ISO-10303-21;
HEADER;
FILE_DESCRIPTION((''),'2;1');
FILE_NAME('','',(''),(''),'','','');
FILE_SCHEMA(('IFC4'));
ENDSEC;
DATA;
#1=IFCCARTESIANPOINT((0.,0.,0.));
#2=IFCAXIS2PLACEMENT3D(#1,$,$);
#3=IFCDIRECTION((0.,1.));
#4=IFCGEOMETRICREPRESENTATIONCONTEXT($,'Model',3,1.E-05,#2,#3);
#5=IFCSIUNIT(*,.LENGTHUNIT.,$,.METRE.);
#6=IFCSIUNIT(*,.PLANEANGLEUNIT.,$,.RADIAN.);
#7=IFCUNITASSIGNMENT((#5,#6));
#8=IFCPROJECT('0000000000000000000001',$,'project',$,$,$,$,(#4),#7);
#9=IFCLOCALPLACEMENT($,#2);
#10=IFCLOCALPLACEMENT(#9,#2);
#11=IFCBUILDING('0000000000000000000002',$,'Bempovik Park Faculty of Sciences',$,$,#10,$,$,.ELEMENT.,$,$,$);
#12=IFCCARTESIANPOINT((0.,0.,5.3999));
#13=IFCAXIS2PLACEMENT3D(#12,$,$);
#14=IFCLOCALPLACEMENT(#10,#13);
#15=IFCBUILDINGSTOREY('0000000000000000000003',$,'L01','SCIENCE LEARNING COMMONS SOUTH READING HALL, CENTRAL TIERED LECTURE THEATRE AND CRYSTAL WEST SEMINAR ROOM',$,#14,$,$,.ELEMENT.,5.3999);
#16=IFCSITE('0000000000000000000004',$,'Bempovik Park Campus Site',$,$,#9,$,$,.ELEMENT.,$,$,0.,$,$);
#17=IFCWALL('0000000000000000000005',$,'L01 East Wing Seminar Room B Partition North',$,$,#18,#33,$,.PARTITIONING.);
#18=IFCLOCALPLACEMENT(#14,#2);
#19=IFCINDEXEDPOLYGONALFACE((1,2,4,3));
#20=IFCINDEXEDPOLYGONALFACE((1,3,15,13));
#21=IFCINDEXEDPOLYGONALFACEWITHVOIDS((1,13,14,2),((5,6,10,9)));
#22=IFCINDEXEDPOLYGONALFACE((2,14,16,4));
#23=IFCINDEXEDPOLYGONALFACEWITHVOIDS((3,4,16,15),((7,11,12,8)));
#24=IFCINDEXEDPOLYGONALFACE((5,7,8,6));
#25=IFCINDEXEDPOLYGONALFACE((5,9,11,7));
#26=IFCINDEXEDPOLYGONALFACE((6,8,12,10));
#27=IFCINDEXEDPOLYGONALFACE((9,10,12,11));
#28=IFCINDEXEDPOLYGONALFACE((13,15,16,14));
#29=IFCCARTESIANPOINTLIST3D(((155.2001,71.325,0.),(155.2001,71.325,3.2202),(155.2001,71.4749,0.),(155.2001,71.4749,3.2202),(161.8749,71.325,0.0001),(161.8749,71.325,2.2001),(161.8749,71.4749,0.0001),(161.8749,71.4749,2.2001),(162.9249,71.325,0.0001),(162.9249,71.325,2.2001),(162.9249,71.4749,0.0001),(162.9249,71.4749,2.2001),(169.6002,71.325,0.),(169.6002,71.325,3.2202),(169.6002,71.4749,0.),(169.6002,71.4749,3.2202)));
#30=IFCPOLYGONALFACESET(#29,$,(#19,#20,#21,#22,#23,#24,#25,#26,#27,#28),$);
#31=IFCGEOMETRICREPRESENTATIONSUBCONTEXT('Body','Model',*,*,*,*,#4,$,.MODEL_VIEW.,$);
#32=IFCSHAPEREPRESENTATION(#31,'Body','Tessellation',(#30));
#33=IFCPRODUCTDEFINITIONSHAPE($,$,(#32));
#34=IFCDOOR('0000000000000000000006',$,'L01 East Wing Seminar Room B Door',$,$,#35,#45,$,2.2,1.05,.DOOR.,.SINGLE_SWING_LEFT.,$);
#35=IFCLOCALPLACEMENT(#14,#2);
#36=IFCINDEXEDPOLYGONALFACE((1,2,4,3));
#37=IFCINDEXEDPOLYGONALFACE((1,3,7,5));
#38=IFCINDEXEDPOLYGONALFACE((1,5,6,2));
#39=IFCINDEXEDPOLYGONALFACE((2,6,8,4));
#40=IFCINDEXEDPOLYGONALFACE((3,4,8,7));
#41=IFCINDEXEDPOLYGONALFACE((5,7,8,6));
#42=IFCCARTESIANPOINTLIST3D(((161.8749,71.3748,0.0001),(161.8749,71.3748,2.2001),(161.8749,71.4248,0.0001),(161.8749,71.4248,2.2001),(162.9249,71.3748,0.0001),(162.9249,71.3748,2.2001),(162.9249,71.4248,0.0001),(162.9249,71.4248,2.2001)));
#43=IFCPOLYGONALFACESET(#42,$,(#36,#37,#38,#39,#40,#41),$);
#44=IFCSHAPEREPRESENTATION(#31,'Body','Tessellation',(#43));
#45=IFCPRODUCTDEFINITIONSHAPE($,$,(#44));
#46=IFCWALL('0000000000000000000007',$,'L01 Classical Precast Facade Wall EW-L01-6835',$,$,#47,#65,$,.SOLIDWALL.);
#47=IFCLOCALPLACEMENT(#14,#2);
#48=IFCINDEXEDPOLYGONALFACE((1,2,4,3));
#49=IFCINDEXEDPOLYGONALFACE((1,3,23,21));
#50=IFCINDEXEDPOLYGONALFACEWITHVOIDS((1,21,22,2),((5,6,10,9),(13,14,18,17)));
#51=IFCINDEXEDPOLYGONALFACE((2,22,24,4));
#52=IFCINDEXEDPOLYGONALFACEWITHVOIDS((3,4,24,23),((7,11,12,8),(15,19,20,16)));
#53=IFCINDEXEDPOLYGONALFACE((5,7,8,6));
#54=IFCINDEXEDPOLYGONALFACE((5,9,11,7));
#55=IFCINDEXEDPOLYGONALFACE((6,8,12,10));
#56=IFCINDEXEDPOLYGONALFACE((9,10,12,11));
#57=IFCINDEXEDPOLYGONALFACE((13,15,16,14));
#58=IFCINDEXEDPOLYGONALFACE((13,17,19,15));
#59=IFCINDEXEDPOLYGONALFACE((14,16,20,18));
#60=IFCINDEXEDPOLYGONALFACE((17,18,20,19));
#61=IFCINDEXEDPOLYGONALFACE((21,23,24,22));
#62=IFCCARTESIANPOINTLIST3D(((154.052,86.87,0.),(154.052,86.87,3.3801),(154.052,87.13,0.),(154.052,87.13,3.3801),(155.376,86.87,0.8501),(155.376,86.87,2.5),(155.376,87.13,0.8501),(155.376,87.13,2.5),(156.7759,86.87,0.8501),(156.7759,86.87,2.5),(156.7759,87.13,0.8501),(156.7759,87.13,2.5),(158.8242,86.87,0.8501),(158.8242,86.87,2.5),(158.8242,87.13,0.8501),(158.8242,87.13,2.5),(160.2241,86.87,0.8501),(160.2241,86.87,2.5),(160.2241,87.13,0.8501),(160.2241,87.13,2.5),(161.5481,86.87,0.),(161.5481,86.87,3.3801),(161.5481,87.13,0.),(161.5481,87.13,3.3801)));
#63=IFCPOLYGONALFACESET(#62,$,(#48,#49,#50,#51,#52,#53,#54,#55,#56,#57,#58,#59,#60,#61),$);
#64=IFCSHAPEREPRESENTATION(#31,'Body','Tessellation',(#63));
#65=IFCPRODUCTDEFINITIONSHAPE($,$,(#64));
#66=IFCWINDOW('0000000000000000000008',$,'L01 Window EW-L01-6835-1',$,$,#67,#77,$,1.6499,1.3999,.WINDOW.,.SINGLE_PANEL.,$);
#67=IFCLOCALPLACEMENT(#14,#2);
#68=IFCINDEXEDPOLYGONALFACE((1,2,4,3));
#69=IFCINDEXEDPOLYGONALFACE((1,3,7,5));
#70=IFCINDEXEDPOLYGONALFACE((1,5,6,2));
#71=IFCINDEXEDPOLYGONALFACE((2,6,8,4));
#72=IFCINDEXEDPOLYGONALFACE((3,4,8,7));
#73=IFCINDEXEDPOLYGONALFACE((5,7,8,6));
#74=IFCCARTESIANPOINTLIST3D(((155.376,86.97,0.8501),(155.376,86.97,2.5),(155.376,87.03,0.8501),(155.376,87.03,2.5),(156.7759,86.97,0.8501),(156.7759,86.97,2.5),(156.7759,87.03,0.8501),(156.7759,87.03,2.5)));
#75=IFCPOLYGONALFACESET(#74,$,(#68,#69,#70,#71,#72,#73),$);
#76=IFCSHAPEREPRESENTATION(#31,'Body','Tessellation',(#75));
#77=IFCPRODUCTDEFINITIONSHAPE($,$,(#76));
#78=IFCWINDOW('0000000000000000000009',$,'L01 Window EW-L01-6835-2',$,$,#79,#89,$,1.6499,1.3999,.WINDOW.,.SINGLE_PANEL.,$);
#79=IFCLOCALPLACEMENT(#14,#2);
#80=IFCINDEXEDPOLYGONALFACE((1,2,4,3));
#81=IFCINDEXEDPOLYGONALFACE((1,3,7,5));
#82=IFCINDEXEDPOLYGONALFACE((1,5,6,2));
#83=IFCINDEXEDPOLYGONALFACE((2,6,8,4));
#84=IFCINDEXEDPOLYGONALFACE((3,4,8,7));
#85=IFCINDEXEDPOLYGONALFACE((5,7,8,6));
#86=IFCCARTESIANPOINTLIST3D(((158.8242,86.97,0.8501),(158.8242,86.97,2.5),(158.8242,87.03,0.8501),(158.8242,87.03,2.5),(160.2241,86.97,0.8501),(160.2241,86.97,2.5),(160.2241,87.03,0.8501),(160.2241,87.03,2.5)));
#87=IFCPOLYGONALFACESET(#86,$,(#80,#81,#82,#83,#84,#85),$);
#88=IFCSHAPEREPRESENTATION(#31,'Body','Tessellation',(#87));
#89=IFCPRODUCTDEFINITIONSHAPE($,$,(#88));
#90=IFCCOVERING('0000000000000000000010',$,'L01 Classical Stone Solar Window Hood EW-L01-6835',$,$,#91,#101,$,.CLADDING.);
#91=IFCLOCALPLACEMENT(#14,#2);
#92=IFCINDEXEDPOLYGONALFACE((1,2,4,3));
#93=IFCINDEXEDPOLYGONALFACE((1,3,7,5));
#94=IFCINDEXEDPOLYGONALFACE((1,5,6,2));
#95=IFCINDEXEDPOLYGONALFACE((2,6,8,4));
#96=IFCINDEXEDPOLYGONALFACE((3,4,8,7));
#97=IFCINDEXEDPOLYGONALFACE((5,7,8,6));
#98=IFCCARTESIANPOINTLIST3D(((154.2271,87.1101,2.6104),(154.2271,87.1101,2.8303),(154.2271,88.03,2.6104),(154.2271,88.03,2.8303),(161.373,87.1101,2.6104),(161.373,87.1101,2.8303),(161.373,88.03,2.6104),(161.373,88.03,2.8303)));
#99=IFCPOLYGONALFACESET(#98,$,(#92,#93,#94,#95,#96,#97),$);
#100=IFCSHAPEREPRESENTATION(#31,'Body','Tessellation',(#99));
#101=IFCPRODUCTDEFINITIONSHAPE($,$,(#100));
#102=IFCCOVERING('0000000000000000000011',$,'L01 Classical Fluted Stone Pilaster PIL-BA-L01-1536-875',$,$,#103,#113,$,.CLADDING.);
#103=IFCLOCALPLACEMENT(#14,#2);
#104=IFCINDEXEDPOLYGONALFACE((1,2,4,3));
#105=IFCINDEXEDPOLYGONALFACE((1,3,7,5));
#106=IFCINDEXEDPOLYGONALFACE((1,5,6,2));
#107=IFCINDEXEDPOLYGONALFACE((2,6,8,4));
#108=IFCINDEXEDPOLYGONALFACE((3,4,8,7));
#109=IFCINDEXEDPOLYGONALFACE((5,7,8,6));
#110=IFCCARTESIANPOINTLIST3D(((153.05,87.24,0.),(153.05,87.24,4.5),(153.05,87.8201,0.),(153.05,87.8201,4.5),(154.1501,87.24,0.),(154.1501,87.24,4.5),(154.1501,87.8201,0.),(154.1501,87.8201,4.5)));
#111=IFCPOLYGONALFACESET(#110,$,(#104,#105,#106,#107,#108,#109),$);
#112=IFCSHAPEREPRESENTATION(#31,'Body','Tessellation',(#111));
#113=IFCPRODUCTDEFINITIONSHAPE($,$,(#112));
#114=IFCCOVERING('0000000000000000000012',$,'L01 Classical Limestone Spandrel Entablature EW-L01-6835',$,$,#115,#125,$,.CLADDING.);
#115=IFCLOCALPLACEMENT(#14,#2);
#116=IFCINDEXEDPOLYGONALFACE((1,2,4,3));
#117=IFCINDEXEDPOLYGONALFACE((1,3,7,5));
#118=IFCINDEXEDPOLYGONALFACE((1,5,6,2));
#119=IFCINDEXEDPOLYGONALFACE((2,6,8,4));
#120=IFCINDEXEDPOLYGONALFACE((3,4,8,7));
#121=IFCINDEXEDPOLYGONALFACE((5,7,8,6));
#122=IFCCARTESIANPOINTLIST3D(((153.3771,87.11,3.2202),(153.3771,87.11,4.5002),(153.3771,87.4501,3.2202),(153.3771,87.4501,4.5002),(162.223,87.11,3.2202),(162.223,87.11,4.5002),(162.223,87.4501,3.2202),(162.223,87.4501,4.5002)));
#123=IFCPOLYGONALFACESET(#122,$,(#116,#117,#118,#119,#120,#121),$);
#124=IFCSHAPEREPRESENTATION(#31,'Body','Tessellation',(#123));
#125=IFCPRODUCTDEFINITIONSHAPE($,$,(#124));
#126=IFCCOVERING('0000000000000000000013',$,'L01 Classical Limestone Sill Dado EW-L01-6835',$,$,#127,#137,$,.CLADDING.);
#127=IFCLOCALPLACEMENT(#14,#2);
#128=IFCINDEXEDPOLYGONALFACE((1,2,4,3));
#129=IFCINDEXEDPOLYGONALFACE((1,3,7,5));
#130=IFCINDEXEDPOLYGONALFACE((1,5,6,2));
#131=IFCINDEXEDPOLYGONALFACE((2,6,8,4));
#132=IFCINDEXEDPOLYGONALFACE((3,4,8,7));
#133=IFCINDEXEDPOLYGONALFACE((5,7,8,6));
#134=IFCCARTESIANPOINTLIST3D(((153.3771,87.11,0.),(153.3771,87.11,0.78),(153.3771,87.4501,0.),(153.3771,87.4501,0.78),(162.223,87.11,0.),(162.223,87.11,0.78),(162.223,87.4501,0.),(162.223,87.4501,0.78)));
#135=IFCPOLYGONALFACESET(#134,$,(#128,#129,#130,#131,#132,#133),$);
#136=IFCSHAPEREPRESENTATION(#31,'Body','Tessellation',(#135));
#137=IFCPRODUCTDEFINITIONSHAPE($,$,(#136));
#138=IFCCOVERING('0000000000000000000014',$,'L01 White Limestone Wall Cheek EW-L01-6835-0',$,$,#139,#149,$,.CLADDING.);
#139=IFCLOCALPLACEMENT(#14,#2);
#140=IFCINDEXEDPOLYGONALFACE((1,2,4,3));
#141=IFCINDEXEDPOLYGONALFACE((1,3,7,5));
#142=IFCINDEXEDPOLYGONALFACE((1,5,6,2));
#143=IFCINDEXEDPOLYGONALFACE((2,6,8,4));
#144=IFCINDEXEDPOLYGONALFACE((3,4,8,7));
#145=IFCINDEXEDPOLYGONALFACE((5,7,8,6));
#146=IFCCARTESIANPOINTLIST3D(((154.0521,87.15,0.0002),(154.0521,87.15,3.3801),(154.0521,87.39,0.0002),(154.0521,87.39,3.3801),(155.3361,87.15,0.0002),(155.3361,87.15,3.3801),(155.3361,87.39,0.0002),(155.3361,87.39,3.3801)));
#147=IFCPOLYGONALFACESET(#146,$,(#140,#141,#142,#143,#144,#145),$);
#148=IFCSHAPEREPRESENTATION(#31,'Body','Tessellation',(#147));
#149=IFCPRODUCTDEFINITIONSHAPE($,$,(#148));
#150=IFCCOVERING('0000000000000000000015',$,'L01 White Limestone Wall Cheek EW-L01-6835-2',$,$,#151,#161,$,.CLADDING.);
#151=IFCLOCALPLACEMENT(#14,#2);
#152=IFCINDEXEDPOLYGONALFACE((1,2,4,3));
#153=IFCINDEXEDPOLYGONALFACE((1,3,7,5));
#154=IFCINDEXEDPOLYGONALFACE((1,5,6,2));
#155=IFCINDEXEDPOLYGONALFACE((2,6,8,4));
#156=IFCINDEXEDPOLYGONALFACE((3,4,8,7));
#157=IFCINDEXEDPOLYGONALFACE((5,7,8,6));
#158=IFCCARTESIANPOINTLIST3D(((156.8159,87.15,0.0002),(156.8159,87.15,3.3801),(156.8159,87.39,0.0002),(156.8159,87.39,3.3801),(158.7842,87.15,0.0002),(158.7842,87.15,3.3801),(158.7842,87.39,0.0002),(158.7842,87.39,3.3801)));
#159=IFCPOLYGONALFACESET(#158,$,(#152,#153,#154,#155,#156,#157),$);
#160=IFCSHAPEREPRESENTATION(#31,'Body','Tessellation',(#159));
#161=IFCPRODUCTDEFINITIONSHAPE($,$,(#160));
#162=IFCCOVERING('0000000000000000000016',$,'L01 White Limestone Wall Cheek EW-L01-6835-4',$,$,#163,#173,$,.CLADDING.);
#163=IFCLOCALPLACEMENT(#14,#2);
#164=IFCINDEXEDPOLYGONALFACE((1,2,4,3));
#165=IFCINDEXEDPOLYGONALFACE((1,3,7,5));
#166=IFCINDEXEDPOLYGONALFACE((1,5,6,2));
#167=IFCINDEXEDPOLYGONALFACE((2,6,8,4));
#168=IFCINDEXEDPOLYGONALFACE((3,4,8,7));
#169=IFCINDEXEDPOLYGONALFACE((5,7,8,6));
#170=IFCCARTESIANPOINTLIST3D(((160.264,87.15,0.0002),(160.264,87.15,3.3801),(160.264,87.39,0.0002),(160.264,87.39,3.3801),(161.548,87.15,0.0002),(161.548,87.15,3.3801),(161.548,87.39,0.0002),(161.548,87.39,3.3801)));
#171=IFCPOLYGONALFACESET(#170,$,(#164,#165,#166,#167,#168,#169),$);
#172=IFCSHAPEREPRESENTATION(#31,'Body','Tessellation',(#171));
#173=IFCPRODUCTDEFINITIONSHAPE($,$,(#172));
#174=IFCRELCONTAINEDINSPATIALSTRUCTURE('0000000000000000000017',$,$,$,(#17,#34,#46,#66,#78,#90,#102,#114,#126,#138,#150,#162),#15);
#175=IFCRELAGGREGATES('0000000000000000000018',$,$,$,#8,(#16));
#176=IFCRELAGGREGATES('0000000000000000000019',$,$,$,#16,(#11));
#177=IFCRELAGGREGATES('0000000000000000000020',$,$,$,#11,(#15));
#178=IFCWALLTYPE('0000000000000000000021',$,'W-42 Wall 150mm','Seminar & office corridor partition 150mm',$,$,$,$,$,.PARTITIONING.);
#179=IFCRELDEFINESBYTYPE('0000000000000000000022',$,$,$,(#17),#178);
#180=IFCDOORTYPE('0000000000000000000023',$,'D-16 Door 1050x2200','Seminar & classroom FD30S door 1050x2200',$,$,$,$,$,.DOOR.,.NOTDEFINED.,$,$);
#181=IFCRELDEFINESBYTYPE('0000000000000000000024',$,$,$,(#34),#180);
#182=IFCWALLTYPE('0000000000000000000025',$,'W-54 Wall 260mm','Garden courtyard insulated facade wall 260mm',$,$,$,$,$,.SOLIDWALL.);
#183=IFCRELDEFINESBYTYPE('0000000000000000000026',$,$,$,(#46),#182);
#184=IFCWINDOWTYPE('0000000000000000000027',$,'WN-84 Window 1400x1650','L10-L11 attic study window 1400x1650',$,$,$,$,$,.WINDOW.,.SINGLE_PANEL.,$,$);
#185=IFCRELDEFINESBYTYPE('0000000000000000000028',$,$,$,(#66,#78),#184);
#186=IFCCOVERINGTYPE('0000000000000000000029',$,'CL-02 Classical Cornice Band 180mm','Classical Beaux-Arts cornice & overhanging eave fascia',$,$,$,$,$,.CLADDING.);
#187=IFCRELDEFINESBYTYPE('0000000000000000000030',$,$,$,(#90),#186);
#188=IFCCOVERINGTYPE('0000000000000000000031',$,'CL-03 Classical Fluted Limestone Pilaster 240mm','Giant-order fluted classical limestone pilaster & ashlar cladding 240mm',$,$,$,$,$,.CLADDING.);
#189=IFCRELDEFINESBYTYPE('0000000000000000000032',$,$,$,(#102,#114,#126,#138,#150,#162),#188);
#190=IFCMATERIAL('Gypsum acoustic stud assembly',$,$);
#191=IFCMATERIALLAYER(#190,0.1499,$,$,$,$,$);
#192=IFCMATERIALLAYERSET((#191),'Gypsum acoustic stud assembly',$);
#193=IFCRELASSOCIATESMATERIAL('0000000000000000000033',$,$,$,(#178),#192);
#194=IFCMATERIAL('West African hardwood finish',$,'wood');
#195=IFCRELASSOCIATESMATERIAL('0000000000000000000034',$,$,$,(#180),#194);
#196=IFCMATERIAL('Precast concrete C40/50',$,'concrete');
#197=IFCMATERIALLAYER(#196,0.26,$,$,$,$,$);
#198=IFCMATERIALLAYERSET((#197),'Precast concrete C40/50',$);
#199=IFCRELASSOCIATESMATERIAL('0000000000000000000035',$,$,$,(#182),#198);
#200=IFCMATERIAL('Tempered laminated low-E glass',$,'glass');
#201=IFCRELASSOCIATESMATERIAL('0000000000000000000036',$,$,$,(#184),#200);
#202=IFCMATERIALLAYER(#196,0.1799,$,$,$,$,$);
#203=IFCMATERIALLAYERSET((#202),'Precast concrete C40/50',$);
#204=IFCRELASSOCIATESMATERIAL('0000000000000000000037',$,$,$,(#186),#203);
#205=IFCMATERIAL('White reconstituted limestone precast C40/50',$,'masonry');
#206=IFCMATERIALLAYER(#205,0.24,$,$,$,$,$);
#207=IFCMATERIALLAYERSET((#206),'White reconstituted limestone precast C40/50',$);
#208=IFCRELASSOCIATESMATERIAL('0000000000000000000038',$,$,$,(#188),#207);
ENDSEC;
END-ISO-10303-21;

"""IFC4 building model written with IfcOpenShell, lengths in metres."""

from ifc_helpers import new_model, si_unit, direction, frame, frame_2d, origin, origin_2d, place, context, subcontext, project, spatial, rectangle, extrude, material, layer, layer_set, type_object, element, fill, save


model = new_model("IFC4")

# Units and contexts
model_context = context("Model", 3, precision=1e-05, world=origin(), true_north=direction((0.0, 1.0)))
body_context = subcontext(model_context, "Body", "Model", "MODEL_VIEW")
ifc_project = project(units=[si_unit("LENGTHUNIT", "METRE"), si_unit("PLANEANGLEUNIT", "RADIAN")], contexts=[model_context])

# Site, building, storey
site_placement = place(None, origin())
site = spatial("IfcSite", under=ifc_project, at=site_placement, Name="Bempovik Park Campus Site", CompositionType="ELEMENT", RefElevation=0.0)
building_placement = place(site_placement, origin())
building = spatial("IfcBuilding", under=site, at=building_placement, Name="Bempovik Park Faculty of Sciences", CompositionType="ELEMENT")
storey_placement = place(building_placement, frame((0.0, 0.0, 5.3999)))
storey = spatial("IfcBuildingStorey", under=building, at=storey_placement, Name="L01", Description="SCIENCE LEARNING COMMONS SOUTH READING HALL, CENTRAL TIERED LECTURE THEATRE AND CRYSTAL WEST SEMINAR ROOM", CompositionType="ELEMENT", Elevation=5.3999)

# Wall, opening, door
ifc_material_1 = material(Name="Gypsum acoustic stud assembly")
ifc_layer_1 = layer(ifc_material_1, 0.1499)
ifc_layer_set_1 = layer_set([ifc_layer_1], Name="Gypsum acoustic stud assembly")
wall_type_1 = type_object("IfcWallType", Name="W-42 Wall 150mm", Description="Seminar & office corridor partition 150mm", PredefinedType="PARTITIONING", material=ifc_layer_set_1)
wall_1_placement = place(storey_placement, frame((155.2, 71.3999, 0.0), z_axis=(0.0, 0.0, 1.0), x_axis=(1.0, 0.0, 0.0)))
wall_1 = element("IfcWall", 1, at=wall_1_placement, inside=storey, type_object=wall_type_1, Name="L01 East Wing Seminar Room B Partition North", PredefinedType="PARTITIONING", context=body_context, shape_type="SweptSolid", body=[
    extrude(rectangle(XDim=14.4001, YDim=0.1499, at=frame_2d((7.2002, 0.0))), origin(), (0.0, 0.0, 1.0), 3.2202),
])
opening_1_placement = place(wall_1_placement, frame((6.675, 0.0, 0.0)))
opening_1 = element("IfcOpeningElement", 2, at=opening_1_placement, cuts=wall_1, PredefinedType="OPENING", context=body_context, shape_type="SweptSolid", body=[
    extrude(rectangle(XDim=1.05, YDim=2.2, at=frame_2d((0.5249, 1.1001))), frame((0.0, 0.085, 0.0), z_axis=(0.0, -1.0, 0.0), x_axis=(1.0, 0.0, 0.0)), (0.0, 0.0, 1.0), 0.1699),
])
ifc_material_2 = material(Name="West African hardwood finish", Category="wood")
door_type = type_object("IfcDoorType", Name="D-16 Door 1050x2200", Description="Seminar & classroom FD30S door 1050x2200", OperationType="NOTDEFINED", PredefinedType="DOOR", material=ifc_material_2)
door_placement = place(opening_1_placement, origin())
door = element("IfcDoor", 3, at=door_placement, inside=storey, type_object=door_type, Name="L01 East Wing Seminar Room B Door", OperationType="SINGLE_SWING_LEFT", OverallHeight=2.2, OverallWidth=1.05, PredefinedType="DOOR", context=body_context, shape_type="SweptSolid", body=[
    extrude(rectangle(XDim=1.05, YDim=2.2, at=frame_2d((0.5249, 1.1001))), frame((0.0, 0.0249, 0.0), z_axis=(0.0, -1.0, 0.0), x_axis=(1.0, 0.0, 0.0)), (0.0, 0.0, 1.0), 0.05),
])
fill(opening_1, door)

# Wall, openings, windows
ifc_material_3 = material(Name="Precast concrete C40/50", Category="concrete")
ifc_layer_2 = layer(ifc_material_3, 0.26)
ifc_layer_set_2 = layer_set([ifc_layer_2], Name="Precast concrete C40/50")
wall_type_2 = type_object("IfcWallType", Name="W-54 Wall 260mm", Description="Garden courtyard insulated facade wall 260mm", PredefinedType="SOLIDWALL", material=ifc_layer_set_2)
wall_2_placement = place(storey_placement, frame((154.052, 87.0, 0.0), z_axis=(0.0, 0.0, 1.0), x_axis=(1.0, 0.0, 0.0)))
wall_2 = element("IfcWall", 4, at=wall_2_placement, inside=storey, type_object=wall_type_2, Name="L01 Classical Precast Facade Wall EW-L01-6835", PredefinedType="SOLIDWALL", context=body_context, shape_type="SweptSolid", body=[
    extrude(rectangle(XDim=7.4961, YDim=0.26, at=frame_2d((3.748, 0.0))), origin(), (0.0, 0.0, 1.0), 3.3801),
])
opening_2_placement = place(wall_2_placement, frame((1.324, 0.0, 0.8501)))
opening_2 = element("IfcOpeningElement", 5, at=opening_2_placement, cuts=wall_2, PredefinedType="OPENING", context=body_context, shape_type="SweptSolid", body=[
    extrude(rectangle(XDim=1.3999, YDim=1.6499, at=frame_2d((0.7, 0.825))), frame((0.0, 0.1401, 0.0), z_axis=(0.0, -1.0, 0.0), x_axis=(1.0, 0.0, 0.0)), (0.0, 0.0, 1.0), 0.28),
])
opening_3_placement = place(wall_2_placement, frame((4.7722, 0.0, 0.8501)))
opening_3 = element("IfcOpeningElement", 6, at=opening_3_placement, cuts=wall_2, PredefinedType="OPENING", context=body_context, shape_type="SweptSolid", body=[
    extrude(rectangle(XDim=1.3999, YDim=1.6499, at=frame_2d((0.7, 0.825))), frame((0.0, 0.1401, 0.0), z_axis=(0.0, -1.0, 0.0), x_axis=(1.0, 0.0, 0.0)), (0.0, 0.0, 1.0), 0.28),
])
ifc_material_4 = material(Name="Tempered laminated low-E glass", Category="glass")
window_type = type_object("IfcWindowType", Name="WN-84 Window 1400x1650", Description="L10-L11 attic study window 1400x1650", PartitioningType="SINGLE_PANEL", PredefinedType="WINDOW", material=ifc_material_4)
window_1_placement = place(opening_2_placement, origin())
window_1 = element("IfcWindow", 7, at=window_1_placement, inside=storey, type_object=window_type, Name="L01 Window EW-L01-6835-1", OverallHeight=1.6499, OverallWidth=1.3999, PartitioningType="SINGLE_PANEL", PredefinedType="WINDOW", context=body_context, shape_type="SweptSolid", body=[
    extrude(rectangle(XDim=1.3999, YDim=1.6499, at=frame_2d((0.7, 0.825))), frame((0.0, 0.03, 0.0), z_axis=(0.0, -1.0, 0.0), x_axis=(1.0, 0.0, 0.0)), (0.0, 0.0, 1.0), 0.0601),
])
fill(opening_2, window_1)
window_2_placement = place(opening_3_placement, origin())
window_2 = element("IfcWindow", 8, at=window_2_placement, inside=storey, type_object=window_type, Name="L01 Window EW-L01-6835-2", OverallHeight=1.6499, OverallWidth=1.3999, PartitioningType="SINGLE_PANEL", PredefinedType="WINDOW", context=body_context, shape_type="SweptSolid", body=[
    extrude(rectangle(XDim=1.3999, YDim=1.6499, at=frame_2d((0.7, 0.825))), frame((0.0, 0.03, 0.0), z_axis=(0.0, -1.0, 0.0), x_axis=(1.0, 0.0, 0.0)), (0.0, 0.0, 1.0), 0.0601),
])
fill(opening_3, window_2)

# Coverings
ifc_layer_3 = layer(ifc_material_3, 0.1799)
ifc_layer_set_3 = layer_set([ifc_layer_3], Name="Precast concrete C40/50")
covering_type_1 = type_object("IfcCoveringType", Name="CL-02 Classical Cornice Band 180mm", Description="Classical Beaux-Arts cornice & overhanging eave fascia", PredefinedType="CLADDING", material=ifc_layer_set_3)
covering_1_placement = place(storey_placement, frame((157.8, 87.5701, 2.6104), z_axis=(0.0, 0.0, 1.0), x_axis=(1.0, 0.0, 0.0)))
element("IfcCovering", 9, at=covering_1_placement, inside=storey, type_object=covering_type_1, Name="L01 Classical Stone Solar Window Hood EW-L01-6835", PredefinedType="CLADDING", context=body_context, shape_type="SweptSolid", body=[
    extrude(rectangle(XDim=7.146, YDim=0.9199, at=origin_2d()), origin(), (0.0, 0.0, 1.0), 0.22),
])
ifc_material_5 = material(Name="White reconstituted limestone precast C40/50", Category="masonry")
ifc_layer_4 = layer(ifc_material_5, 0.24)
ifc_layer_set_4 = layer_set([ifc_layer_4], Name="White reconstituted limestone precast C40/50")
covering_type_2 = type_object("IfcCoveringType", Name="CL-03 Classical Fluted Limestone Pilaster 240mm", Description="Giant-order fluted classical limestone pilaster & ashlar cladding 240mm", PredefinedType="CLADDING", material=ifc_layer_set_4)
covering_2_placement = place(storey_placement, frame((153.6001, 87.53, 0.0), z_axis=(0.0, 0.0, 1.0), x_axis=(1.0, 0.0, 0.0)))
element("IfcCovering", 10, at=covering_2_placement, inside=storey, type_object=covering_type_2, Name="L01 Classical Fluted Stone Pilaster PIL-BA-L01-1536-875", PredefinedType="CLADDING", context=body_context, shape_type="SweptSolid", body=[
    extrude(rectangle(XDim=1.1001, YDim=0.5801, at=origin_2d()), origin(), (0.0, 0.0, 1.0), 4.5),
])
covering_3_placement = place(storey_placement, frame((157.8, 87.28, 3.2202), z_axis=(0.0, 0.0, 1.0), x_axis=(1.0, 0.0, 0.0)))
element("IfcCovering", 11, at=covering_3_placement, inside=storey, type_object=covering_type_2, Name="L01 Classical Limestone Spandrel Entablature EW-L01-6835", PredefinedType="CLADDING", context=body_context, shape_type="SweptSolid", body=[
    extrude(rectangle(XDim=8.8459, YDim=0.3401, at=origin_2d()), origin(), (0.0, 0.0, 1.0), 1.28),
])
covering_4_placement = place(storey_placement, frame((157.8, 87.28, 0.0), z_axis=(0.0, 0.0, 1.0), x_axis=(1.0, 0.0, 0.0)))
element("IfcCovering", 12, at=covering_4_placement, inside=storey, type_object=covering_type_2, Name="L01 Classical Limestone Sill Dado EW-L01-6835", PredefinedType="CLADDING", context=body_context, shape_type="SweptSolid", body=[
    extrude(rectangle(XDim=8.8459, YDim=0.3401, at=origin_2d()), origin(), (0.0, 0.0, 1.0), 0.78),
])
covering_5_placement = place(storey_placement, frame((154.6941, 87.27, 0.0002), z_axis=(0.0, 0.0, 1.0), x_axis=(1.0, 0.0, 0.0)))
element("IfcCovering", 13, at=covering_5_placement, inside=storey, type_object=covering_type_2, Name="L01 White Limestone Wall Cheek EW-L01-6835-0", PredefinedType="CLADDING", context=body_context, shape_type="SweptSolid", body=[
    extrude(rectangle(XDim=1.2839, YDim=0.24, at=origin_2d()), origin(), (0.0, 0.0, 1.0), 3.3799),
])
covering_6_placement = place(storey_placement, frame((157.8, 87.27, 0.0002), z_axis=(0.0, 0.0, 1.0), x_axis=(1.0, 0.0, 0.0)))
element("IfcCovering", 14, at=covering_6_placement, inside=storey, type_object=covering_type_2, Name="L01 White Limestone Wall Cheek EW-L01-6835-2", PredefinedType="CLADDING", context=body_context, shape_type="SweptSolid", body=[
    extrude(rectangle(XDim=1.9683, YDim=0.24, at=origin_2d()), origin(), (0.0, 0.0, 1.0), 3.3799),
])
covering_7_placement = place(storey_placement, frame((160.906, 87.27, 0.0002), z_axis=(0.0, 0.0, 1.0), x_axis=(1.0, 0.0, 0.0)))
element("IfcCovering", 15, at=covering_7_placement, inside=storey, type_object=covering_type_2, Name="L01 White Limestone Wall Cheek EW-L01-6835-4", PredefinedType="CLADDING", context=body_context, shape_type="SweptSolid", body=[
    extrude(rectangle(XDim=1.2839, YDim=0.24, at=origin_2d()), origin(), (0.0, 0.0, 1.0), 3.3799),
])

save(model, "model.ifc")
